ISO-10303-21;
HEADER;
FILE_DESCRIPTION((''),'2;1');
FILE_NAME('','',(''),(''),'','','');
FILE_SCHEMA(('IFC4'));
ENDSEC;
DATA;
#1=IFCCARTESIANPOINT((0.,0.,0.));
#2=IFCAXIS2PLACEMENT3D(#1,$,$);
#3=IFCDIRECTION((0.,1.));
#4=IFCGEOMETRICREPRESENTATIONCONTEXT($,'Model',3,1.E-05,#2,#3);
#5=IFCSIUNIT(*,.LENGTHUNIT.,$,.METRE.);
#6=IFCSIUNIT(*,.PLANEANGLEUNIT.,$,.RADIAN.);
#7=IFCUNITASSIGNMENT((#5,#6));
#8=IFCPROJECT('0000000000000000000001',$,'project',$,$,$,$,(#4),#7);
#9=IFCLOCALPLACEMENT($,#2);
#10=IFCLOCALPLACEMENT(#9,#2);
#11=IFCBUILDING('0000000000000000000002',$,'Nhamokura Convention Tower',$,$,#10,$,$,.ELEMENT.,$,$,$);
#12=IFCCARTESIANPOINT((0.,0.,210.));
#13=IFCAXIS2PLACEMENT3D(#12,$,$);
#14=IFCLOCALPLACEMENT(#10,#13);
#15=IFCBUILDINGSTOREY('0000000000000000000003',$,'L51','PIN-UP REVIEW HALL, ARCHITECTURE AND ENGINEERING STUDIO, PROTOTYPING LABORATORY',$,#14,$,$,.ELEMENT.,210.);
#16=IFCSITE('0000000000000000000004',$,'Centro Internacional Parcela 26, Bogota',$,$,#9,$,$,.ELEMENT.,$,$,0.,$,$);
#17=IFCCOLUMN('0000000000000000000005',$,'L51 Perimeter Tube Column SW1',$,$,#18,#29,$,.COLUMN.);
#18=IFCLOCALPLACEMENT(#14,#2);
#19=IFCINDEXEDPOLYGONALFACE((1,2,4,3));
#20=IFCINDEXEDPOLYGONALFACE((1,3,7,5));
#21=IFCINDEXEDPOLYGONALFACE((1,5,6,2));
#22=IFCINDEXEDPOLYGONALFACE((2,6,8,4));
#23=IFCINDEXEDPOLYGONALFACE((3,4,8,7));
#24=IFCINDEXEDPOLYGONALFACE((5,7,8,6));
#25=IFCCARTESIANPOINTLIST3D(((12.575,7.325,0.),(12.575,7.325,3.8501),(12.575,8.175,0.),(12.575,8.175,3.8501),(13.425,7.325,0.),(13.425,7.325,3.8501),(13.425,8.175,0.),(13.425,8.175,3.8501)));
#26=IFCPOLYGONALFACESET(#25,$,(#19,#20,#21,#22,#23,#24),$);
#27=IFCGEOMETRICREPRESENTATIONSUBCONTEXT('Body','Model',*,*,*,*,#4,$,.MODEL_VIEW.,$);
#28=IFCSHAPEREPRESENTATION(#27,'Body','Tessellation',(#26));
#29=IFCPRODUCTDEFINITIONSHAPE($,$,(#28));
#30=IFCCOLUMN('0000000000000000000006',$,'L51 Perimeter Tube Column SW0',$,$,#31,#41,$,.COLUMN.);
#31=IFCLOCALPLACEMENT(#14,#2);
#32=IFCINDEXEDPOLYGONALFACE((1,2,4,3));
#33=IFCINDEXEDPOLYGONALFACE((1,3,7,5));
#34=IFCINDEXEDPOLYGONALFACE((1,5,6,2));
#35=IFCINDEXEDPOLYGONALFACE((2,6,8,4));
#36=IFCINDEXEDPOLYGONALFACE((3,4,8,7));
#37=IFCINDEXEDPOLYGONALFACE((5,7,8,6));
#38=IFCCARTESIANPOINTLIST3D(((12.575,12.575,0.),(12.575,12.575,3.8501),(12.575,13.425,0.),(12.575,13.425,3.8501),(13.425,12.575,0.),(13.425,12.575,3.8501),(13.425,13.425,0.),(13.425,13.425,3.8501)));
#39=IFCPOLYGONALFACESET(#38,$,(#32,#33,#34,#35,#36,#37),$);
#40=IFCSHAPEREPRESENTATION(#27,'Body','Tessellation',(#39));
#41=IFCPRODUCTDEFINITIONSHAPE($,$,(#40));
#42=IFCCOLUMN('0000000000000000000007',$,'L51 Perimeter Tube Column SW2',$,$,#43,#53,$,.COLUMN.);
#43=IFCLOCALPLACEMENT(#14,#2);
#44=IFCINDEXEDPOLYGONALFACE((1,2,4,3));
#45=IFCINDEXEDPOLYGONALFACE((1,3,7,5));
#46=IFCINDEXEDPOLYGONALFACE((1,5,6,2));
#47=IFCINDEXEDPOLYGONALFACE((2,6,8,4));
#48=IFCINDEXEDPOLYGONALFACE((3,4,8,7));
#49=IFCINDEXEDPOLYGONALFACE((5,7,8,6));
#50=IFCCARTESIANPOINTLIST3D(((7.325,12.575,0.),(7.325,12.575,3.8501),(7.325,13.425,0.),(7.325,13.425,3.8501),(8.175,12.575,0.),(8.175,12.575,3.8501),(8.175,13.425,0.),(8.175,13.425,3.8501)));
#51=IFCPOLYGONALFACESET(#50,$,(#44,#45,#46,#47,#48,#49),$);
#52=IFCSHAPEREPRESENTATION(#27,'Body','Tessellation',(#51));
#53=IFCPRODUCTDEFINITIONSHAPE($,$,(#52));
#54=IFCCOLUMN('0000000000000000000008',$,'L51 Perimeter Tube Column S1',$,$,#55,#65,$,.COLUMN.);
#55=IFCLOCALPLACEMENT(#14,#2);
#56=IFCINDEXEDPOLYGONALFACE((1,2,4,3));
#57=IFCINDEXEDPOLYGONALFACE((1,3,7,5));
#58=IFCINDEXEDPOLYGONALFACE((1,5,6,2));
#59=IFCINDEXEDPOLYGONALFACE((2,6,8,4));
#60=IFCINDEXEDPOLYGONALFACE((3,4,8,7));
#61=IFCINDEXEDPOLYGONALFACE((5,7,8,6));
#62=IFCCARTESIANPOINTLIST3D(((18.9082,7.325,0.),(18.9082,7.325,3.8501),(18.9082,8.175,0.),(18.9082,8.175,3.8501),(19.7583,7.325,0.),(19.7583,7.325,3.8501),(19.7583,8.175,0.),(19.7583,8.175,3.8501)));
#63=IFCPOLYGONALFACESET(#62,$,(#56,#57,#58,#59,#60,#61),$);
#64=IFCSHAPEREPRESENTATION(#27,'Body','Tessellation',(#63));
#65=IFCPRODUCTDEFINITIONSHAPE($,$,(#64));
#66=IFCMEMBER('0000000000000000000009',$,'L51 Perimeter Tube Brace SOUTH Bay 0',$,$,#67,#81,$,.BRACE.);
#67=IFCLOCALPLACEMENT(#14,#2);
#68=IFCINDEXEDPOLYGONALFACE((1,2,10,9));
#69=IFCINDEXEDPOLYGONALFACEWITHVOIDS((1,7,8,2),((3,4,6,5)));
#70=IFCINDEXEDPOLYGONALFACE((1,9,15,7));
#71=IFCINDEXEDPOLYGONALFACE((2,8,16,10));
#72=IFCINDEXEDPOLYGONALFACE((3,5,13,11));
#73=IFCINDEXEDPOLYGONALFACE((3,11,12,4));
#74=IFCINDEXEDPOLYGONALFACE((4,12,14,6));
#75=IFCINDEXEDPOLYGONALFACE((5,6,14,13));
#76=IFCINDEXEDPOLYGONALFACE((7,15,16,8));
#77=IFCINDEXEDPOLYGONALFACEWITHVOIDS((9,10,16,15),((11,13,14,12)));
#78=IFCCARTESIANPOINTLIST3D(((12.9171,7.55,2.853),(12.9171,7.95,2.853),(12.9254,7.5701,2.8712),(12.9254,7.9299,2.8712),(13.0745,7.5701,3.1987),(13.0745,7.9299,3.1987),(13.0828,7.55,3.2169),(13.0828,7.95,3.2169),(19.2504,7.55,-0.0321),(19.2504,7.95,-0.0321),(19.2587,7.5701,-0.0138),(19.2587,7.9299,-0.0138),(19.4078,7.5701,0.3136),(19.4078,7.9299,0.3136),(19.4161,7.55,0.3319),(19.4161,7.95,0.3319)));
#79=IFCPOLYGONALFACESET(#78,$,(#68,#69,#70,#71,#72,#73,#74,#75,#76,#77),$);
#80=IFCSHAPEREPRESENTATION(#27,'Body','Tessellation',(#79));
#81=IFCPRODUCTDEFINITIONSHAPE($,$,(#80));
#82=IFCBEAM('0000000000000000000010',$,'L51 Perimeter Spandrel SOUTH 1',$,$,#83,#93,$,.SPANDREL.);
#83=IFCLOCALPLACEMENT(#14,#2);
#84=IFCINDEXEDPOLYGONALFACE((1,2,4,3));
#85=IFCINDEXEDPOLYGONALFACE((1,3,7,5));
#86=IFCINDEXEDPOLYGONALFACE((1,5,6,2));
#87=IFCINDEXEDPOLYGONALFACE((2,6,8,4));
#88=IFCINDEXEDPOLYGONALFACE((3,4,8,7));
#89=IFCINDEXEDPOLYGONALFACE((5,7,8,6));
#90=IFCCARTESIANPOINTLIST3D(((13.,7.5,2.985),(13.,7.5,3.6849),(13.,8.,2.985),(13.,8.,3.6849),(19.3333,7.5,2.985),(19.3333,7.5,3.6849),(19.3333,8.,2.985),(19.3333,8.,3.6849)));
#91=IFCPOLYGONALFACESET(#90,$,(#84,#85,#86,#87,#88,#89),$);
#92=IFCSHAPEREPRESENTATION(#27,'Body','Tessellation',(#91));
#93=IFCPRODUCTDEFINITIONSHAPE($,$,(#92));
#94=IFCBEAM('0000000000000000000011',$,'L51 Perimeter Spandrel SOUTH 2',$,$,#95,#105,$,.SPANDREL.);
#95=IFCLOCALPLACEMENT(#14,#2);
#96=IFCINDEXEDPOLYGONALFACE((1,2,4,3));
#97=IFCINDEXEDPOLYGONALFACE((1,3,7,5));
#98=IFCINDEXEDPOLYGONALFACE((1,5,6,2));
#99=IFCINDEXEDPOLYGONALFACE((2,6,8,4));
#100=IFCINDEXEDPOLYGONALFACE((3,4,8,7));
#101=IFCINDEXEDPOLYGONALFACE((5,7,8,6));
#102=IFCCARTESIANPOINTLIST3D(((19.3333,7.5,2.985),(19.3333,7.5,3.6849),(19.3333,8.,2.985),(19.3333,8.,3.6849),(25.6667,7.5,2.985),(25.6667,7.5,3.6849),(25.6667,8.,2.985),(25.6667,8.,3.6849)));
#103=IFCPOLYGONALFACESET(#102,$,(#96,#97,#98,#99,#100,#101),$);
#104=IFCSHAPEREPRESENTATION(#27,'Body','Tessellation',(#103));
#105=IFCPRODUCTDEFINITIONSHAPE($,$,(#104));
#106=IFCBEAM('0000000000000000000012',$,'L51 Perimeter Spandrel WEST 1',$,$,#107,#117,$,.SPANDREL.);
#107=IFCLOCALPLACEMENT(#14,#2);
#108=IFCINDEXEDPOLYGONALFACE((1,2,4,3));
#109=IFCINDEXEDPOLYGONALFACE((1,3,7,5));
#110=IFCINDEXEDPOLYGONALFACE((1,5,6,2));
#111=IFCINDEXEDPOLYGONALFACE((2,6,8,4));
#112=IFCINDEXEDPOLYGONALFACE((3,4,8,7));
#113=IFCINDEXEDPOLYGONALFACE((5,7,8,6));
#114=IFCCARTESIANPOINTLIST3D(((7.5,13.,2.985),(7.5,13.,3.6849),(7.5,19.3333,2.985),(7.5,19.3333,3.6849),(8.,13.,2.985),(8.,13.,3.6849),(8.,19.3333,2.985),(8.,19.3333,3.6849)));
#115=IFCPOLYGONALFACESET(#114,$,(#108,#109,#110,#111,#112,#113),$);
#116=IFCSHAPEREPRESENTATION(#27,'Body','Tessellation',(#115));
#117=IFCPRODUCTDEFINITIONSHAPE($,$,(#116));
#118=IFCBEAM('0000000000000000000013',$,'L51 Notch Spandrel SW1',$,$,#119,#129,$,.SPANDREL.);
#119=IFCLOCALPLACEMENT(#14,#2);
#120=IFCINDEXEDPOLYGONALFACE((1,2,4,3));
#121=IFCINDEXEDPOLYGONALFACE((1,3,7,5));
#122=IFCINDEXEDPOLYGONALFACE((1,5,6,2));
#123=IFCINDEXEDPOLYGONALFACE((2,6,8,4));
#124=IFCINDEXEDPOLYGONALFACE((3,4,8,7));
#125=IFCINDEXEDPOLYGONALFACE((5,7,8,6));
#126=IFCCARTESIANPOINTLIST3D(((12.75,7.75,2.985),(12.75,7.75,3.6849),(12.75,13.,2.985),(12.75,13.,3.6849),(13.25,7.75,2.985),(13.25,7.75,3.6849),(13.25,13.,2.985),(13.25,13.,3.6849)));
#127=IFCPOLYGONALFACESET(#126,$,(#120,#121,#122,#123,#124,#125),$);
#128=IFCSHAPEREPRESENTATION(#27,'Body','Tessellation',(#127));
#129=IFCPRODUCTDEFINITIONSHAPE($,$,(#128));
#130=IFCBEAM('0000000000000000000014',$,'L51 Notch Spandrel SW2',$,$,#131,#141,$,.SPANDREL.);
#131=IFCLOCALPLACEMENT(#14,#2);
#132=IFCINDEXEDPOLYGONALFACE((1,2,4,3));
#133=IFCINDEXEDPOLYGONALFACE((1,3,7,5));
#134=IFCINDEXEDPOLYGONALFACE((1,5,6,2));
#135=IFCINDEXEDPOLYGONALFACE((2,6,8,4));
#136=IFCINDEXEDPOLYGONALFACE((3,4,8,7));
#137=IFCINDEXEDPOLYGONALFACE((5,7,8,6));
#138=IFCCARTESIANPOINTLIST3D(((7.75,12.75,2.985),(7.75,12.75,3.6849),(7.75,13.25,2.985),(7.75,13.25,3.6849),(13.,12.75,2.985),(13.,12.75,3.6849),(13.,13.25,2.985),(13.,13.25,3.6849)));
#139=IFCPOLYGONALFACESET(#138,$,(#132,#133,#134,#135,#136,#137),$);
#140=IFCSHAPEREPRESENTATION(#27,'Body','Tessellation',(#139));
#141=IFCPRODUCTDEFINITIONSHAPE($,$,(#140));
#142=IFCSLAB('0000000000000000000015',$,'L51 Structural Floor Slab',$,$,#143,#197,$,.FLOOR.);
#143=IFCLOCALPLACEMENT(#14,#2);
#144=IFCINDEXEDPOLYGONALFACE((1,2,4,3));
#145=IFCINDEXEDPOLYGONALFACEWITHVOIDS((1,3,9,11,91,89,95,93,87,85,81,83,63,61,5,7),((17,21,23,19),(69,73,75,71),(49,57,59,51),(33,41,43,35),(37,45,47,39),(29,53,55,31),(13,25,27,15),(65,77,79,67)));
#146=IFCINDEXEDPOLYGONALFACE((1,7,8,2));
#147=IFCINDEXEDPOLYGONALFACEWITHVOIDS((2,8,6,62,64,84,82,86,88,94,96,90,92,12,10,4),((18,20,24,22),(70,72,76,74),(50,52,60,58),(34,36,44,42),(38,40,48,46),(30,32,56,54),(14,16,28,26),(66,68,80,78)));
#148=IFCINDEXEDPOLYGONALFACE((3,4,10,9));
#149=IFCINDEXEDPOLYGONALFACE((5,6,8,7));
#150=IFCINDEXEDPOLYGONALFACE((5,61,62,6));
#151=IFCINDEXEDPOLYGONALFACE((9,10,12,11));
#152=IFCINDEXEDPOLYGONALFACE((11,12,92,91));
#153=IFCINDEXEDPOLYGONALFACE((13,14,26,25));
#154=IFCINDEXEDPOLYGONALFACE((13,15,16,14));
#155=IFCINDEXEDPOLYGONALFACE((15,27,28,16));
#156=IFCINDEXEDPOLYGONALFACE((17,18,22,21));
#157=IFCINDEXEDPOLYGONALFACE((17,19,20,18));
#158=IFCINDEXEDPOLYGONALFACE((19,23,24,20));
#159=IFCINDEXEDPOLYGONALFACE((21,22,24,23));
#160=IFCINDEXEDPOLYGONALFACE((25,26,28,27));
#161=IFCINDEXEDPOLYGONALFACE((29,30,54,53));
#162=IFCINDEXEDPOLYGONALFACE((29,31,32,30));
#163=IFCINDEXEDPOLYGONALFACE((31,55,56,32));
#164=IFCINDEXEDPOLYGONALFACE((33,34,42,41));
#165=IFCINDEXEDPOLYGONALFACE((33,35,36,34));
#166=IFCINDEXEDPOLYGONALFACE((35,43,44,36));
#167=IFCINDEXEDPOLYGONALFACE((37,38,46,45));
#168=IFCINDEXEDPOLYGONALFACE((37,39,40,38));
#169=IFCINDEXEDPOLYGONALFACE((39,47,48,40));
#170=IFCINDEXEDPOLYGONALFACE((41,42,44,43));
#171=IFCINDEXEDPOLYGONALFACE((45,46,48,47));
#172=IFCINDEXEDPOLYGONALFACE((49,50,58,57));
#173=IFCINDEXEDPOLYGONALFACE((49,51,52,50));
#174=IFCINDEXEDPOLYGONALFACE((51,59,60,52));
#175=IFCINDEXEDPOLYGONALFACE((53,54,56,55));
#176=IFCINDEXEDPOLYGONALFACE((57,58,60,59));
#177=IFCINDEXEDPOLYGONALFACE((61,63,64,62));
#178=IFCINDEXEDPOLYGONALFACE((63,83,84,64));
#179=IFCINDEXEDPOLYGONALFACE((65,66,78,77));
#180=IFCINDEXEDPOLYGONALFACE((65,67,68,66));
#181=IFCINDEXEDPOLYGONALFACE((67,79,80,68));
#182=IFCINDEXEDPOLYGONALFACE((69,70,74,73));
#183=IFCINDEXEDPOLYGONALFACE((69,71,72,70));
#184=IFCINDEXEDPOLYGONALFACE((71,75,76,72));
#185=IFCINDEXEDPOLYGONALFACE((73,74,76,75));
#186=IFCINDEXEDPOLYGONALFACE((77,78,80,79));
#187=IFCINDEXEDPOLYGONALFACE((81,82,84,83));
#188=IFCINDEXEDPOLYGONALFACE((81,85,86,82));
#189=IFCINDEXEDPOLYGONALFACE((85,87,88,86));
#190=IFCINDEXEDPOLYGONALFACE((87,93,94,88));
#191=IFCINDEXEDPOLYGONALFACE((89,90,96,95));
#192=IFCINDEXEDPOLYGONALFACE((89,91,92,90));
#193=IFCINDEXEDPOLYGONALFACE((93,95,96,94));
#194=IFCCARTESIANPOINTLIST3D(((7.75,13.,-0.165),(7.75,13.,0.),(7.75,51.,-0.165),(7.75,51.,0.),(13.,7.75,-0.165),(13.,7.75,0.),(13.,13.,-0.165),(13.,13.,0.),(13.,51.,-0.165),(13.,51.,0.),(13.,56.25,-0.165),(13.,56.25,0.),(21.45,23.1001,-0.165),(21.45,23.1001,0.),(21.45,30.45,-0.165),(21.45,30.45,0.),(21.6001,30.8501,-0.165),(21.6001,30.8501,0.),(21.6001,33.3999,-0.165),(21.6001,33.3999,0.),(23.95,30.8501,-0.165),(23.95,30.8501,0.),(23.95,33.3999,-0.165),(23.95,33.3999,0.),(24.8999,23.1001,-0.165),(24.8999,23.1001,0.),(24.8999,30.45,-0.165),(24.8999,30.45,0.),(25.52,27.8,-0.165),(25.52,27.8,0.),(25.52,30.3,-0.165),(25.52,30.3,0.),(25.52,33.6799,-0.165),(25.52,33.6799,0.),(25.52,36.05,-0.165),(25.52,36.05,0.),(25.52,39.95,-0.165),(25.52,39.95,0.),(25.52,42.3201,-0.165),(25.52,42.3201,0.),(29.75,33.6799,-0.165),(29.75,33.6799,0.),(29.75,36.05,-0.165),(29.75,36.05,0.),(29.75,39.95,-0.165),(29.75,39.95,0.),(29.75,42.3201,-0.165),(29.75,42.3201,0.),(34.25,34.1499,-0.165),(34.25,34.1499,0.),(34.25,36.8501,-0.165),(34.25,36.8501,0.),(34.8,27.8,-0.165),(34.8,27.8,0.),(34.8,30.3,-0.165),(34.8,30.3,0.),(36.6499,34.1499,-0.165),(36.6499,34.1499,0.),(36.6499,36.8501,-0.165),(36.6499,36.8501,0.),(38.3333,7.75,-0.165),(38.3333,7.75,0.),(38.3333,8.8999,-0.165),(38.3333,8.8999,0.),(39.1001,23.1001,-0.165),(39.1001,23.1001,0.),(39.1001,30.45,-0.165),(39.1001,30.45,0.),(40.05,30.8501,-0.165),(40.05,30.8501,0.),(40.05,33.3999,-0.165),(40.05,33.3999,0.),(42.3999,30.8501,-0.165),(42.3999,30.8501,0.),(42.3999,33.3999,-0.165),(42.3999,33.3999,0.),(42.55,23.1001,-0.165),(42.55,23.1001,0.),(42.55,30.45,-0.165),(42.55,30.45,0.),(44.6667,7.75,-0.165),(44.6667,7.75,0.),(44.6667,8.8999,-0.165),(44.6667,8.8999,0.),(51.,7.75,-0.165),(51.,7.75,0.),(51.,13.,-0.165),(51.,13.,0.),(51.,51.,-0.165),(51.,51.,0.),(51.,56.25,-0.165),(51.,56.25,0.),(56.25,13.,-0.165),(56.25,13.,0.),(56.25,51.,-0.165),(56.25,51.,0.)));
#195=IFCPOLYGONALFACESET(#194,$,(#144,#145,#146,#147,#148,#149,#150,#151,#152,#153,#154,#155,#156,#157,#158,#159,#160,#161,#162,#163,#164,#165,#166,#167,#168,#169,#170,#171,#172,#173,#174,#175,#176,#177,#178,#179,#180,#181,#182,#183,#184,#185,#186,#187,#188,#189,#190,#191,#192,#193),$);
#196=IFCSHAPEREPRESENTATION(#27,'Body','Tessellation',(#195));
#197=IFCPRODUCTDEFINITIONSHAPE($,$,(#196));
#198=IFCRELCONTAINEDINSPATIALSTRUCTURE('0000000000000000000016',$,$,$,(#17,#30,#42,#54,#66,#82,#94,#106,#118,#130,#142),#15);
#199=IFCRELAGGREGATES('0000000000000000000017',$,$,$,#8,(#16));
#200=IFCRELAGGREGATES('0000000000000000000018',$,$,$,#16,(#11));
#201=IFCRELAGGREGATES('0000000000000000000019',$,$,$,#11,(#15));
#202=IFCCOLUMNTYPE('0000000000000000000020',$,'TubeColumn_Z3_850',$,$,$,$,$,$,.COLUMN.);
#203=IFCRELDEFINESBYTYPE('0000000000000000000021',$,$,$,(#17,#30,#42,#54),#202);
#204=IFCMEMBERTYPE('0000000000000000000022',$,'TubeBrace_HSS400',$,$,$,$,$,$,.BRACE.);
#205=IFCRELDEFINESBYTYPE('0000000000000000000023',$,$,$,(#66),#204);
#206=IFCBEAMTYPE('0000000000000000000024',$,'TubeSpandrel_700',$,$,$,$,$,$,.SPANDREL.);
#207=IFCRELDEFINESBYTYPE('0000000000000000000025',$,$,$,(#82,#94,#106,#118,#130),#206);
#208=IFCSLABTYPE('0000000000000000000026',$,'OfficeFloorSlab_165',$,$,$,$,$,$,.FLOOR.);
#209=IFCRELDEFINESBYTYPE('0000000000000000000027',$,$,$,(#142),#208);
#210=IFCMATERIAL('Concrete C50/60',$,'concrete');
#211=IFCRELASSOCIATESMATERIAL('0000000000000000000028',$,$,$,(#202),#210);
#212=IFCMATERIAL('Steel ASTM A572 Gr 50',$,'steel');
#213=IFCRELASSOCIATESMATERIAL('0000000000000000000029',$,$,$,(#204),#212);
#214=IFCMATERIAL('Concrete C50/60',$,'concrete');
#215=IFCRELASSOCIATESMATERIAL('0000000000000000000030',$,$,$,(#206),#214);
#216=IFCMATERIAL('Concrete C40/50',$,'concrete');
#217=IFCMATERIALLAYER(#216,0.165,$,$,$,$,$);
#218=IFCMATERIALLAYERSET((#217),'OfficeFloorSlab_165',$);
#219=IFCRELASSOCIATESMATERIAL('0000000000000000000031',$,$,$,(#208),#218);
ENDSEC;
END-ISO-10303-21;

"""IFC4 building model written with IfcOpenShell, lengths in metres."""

from ifc_helpers import new_model, si_unit, direction, frame, origin, origin_2d, place, context, subcontext, project, spatial, polyline, rectangle, hollow_rectangle, outline, extrude, material, layer, layer_set, material_profile, profile_set, type_object, element, save


model = new_model("IFC4")

# Units and contexts
model_context = context("Model", 3, precision=1e-05, world=origin(), true_north=direction((0.0, 1.0)))
body_context = subcontext(model_context, "Body", "Model", "MODEL_VIEW")
ifc_project = project(units=[si_unit("LENGTHUNIT", "METRE"), si_unit("PLANEANGLEUNIT", "RADIAN")], contexts=[model_context])

# Site, building, storey
site_placement = place(None, origin())
site = spatial("IfcSite", under=ifc_project, at=site_placement, Name="Centro Internacional Parcela 26, Bogota", CompositionType="ELEMENT", RefElevation=0.0)
building_placement = place(site_placement, origin())
building = spatial("IfcBuilding", under=site, at=building_placement, Name="Nhamokura Convention Tower", CompositionType="ELEMENT")
storey_placement = place(building_placement, frame((0.0, 0.0, 210.0)))
storey = spatial("IfcBuildingStorey", under=building, at=storey_placement, Name="L51", Description="PIN-UP REVIEW HALL, ARCHITECTURE AND ENGINEERING STUDIO, PROTOTYPING LABORATORY", CompositionType="ELEMENT", Elevation=210.0)

# Columns
ifc_material_1 = material(Name="Concrete C50/60", Category="concrete")
ifc_material_profile_1 = material_profile(ifc_material_1, rectangle(XDim=0.8501, YDim=0.8501, at=origin_2d()))
ifc_profile_set_1 = profile_set([ifc_material_profile_1], Name="Concrete C50/60")
column_type = type_object("IfcColumnType", Name="TubeColumn_Z3_850", PredefinedType="COLUMN", material=ifc_profile_set_1)
for number, where, z_axis, x_axis, name in (
    (1, (13.0, 7.75, 0.0), (0.0, 0.0, 1.0), (1.0, 0.0, 0.0), "L51 Perimeter Tube Column SW1"),
    (2, (13.0, 13.0, 0.0), (0.0, 0.0, 1.0), (1.0, 0.0, 0.0), "L51 Perimeter Tube Column SW0"),
    (3, (7.75, 13.0, 0.0), (0.0, 0.0, 1.0), (1.0, 0.0, 0.0), "L51 Perimeter Tube Column SW2"),
    (4, (19.3333, 7.75, 0.0), (0.0, 0.0, 1.0), (1.0, 0.0, 0.0), "L51 Perimeter Tube Column S1"),
):
    element("IfcColumn", number, at=place(storey_placement, frame(where, z_axis=z_axis, x_axis=x_axis)), inside=storey, type_object=column_type, Name=name, PredefinedType="COLUMN", context=body_context, shape_type="SweptSolid", body=[
        extrude(rectangle(XDim=0.8501, YDim=0.8501, at=origin_2d()), origin(), (0.0, 0.0, 1.0), 3.8501),
    ])

# Member
ifc_material_2 = material(Name="Steel ASTM A572 Gr 50", Category="steel")
ifc_material_profile_2 = material_profile(ifc_material_2, hollow_rectangle(XDim=0.3999, YDim=0.3999, WallThickness=0.02, at=origin_2d()))
ifc_profile_set_2 = profile_set([ifc_material_profile_2], Name="Steel ASTM A572 Gr 50")
member_type = type_object("IfcMemberType", Name="TubeBrace_HSS400", PredefinedType="BRACE", material=ifc_profile_set_2)
member_placement = place(storey_placement, frame((19.3333, 7.75, 0.1499), z_axis=(-0.910027, 0.0, 0.414548), x_axis=(0.0, -1.0, 0.0)))
element("IfcMember", 5, at=member_placement, inside=storey, type_object=member_type, Name="L51 Perimeter Tube Brace SOUTH Bay 0", PredefinedType="BRACE", context=body_context, shape_type="SweptSolid", body=[
    extrude(hollow_rectangle(XDim=0.3999, YDim=0.3999, WallThickness=0.02, at=origin_2d()), origin(), (0.0, 0.0, 1.0), 6.9595),
])

# Beams
ifc_material_3 = material(Name="Concrete C50/60", Category="concrete")
ifc_material_profile_3 = material_profile(ifc_material_3, rectangle(XDim=0.5, YDim=0.7, at=origin_2d()))
ifc_profile_set_3 = profile_set([ifc_material_profile_3], Name="Concrete C50/60")
beam_type = type_object("IfcBeamType", Name="TubeSpandrel_700", PredefinedType="SPANDREL", material=ifc_profile_set_3)
beam_1_placement = place(storey_placement, frame((13.0, 7.75, 3.335), z_axis=(1.0, 0.0, 0.0), x_axis=(0.0, 1.0, 0.0)))
element("IfcBeam", 6, at=beam_1_placement, inside=storey, type_object=beam_type, Name="L51 Perimeter Spandrel SOUTH 1", PredefinedType="SPANDREL", context=body_context, shape_type="SweptSolid", body=[
    extrude(rectangle(XDim=0.5, YDim=0.7, at=origin_2d()), origin(), (0.0, 0.0, 1.0), 6.3333),
])
beam_2_placement = place(storey_placement, frame((19.3333, 7.75, 3.335), z_axis=(1.0, 0.0, 0.0), x_axis=(0.0, 1.0, 0.0)))
element("IfcBeam", 7, at=beam_2_placement, inside=storey, type_object=beam_type, Name="L51 Perimeter Spandrel SOUTH 2", PredefinedType="SPANDREL", context=body_context, shape_type="SweptSolid", body=[
    extrude(rectangle(XDim=0.5, YDim=0.7, at=origin_2d()), origin(), (0.0, 0.0, 1.0), 6.3335),
])
beam_3_placement = place(storey_placement, frame((7.75, 13.0, 3.335), z_axis=(0.0, 1.0, 0.0), x_axis=(-1.0, 0.0, 0.0)))
element("IfcBeam", 8, at=beam_3_placement, inside=storey, type_object=beam_type, Name="L51 Perimeter Spandrel WEST 1", PredefinedType="SPANDREL", context=body_context, shape_type="SweptSolid", body=[
    extrude(rectangle(XDim=0.5, YDim=0.7, at=origin_2d()), origin(), (0.0, 0.0, 1.0), 6.3333),
])
for number, where, z_axis, x_axis, name in (
    (9, (13.0, 7.75, 3.335), (0.0, 1.0, 0.0), (-1.0, 0.0, 0.0), "L51 Notch Spandrel SW1"),
    (10, (13.0, 13.0, 3.335), (-1.0, 0.0, 0.0), (0.0, -1.0, 0.0), "L51 Notch Spandrel SW2"),
):
    element("IfcBeam", number, at=place(storey_placement, frame(where, z_axis=z_axis, x_axis=x_axis)), inside=storey, type_object=beam_type, Name=name, PredefinedType="SPANDREL", context=body_context, shape_type="SweptSolid", body=[
        extrude(rectangle(XDim=0.5, YDim=0.7, at=origin_2d()), origin(), (0.0, 0.0, 1.0), 5.25),
    ])

# Slab
ifc_material_4 = material(Name="Concrete C40/50", Category="concrete")
ifc_layer_1 = layer(ifc_material_4, 0.165)
ifc_layer_set_1 = layer_set([ifc_layer_1], Name="OfficeFloorSlab_165")
slab_type_1 = type_object("IfcSlabType", Name="OfficeFloorSlab_165", PredefinedType="FLOOR", material=ifc_layer_set_1)
slab_1_placement = place(storey_placement, frame((0.0, 0.0, -0.165)))
element("IfcSlab", 11, at=slab_1_placement, inside=storey, type_object=slab_type_1, Name="L51 Structural Floor Slab", PredefinedType="FLOOR", context=body_context, shape_type="SweptSolid", body=[
    extrude(outline(polyline([(13.0, 7.75), (38.3333, 7.75), (38.3333, 8.8999), (44.6667, 8.8999), (44.6667, 7.75), (51.0, 7.75), (51.0, 13.0), (56.25, 13.0), (56.25, 51.0), (51.0, 51.0), (51.0, 56.25), (13.0, 56.25), (13.0, 51.0), (7.75, 51.0), (7.75, 13.0), (13.0, 13.0), (13.0, 7.75)]), holes=[polyline([(24.8999, 23.1001), (24.8999, 30.45), (21.45, 30.45), (21.45, 23.1001), (24.8999, 23.1001)]), polyline([(42.55, 23.1001), (42.55, 30.45), (39.1001, 30.45), (39.1001, 23.1001), (42.55, 23.1001)]), polyline([(21.6001, 30.8501), (23.95, 30.8501), (23.95, 33.3999), (21.6001, 33.3999), (21.6001, 30.8501)]), polyline([(40.05, 30.8501), (42.3999, 30.8501), (42.3999, 33.3999), (40.05, 33.3999), (40.05, 30.8501)]), polyline([(34.25, 34.1499), (36.6499, 34.1499), (36.6499, 36.8501), (34.25, 36.8501), (34.25, 34.1499)]), polyline([(25.52, 27.8), (34.8, 27.8), (34.8, 30.3), (25.52, 30.3), (25.52, 27.8)]), polyline([(25.52, 33.6799), (29.75, 33.6799), (29.75, 36.05), (25.52, 36.05), (25.52, 33.6799)]), polyline([(25.52, 39.95), (29.75, 39.95), (29.75, 42.3201), (25.52, 42.3201), (25.52, 39.95)])]), origin(), (0.0, 0.0, 1.0), 0.165),
])

save(model, "model.ifc")
